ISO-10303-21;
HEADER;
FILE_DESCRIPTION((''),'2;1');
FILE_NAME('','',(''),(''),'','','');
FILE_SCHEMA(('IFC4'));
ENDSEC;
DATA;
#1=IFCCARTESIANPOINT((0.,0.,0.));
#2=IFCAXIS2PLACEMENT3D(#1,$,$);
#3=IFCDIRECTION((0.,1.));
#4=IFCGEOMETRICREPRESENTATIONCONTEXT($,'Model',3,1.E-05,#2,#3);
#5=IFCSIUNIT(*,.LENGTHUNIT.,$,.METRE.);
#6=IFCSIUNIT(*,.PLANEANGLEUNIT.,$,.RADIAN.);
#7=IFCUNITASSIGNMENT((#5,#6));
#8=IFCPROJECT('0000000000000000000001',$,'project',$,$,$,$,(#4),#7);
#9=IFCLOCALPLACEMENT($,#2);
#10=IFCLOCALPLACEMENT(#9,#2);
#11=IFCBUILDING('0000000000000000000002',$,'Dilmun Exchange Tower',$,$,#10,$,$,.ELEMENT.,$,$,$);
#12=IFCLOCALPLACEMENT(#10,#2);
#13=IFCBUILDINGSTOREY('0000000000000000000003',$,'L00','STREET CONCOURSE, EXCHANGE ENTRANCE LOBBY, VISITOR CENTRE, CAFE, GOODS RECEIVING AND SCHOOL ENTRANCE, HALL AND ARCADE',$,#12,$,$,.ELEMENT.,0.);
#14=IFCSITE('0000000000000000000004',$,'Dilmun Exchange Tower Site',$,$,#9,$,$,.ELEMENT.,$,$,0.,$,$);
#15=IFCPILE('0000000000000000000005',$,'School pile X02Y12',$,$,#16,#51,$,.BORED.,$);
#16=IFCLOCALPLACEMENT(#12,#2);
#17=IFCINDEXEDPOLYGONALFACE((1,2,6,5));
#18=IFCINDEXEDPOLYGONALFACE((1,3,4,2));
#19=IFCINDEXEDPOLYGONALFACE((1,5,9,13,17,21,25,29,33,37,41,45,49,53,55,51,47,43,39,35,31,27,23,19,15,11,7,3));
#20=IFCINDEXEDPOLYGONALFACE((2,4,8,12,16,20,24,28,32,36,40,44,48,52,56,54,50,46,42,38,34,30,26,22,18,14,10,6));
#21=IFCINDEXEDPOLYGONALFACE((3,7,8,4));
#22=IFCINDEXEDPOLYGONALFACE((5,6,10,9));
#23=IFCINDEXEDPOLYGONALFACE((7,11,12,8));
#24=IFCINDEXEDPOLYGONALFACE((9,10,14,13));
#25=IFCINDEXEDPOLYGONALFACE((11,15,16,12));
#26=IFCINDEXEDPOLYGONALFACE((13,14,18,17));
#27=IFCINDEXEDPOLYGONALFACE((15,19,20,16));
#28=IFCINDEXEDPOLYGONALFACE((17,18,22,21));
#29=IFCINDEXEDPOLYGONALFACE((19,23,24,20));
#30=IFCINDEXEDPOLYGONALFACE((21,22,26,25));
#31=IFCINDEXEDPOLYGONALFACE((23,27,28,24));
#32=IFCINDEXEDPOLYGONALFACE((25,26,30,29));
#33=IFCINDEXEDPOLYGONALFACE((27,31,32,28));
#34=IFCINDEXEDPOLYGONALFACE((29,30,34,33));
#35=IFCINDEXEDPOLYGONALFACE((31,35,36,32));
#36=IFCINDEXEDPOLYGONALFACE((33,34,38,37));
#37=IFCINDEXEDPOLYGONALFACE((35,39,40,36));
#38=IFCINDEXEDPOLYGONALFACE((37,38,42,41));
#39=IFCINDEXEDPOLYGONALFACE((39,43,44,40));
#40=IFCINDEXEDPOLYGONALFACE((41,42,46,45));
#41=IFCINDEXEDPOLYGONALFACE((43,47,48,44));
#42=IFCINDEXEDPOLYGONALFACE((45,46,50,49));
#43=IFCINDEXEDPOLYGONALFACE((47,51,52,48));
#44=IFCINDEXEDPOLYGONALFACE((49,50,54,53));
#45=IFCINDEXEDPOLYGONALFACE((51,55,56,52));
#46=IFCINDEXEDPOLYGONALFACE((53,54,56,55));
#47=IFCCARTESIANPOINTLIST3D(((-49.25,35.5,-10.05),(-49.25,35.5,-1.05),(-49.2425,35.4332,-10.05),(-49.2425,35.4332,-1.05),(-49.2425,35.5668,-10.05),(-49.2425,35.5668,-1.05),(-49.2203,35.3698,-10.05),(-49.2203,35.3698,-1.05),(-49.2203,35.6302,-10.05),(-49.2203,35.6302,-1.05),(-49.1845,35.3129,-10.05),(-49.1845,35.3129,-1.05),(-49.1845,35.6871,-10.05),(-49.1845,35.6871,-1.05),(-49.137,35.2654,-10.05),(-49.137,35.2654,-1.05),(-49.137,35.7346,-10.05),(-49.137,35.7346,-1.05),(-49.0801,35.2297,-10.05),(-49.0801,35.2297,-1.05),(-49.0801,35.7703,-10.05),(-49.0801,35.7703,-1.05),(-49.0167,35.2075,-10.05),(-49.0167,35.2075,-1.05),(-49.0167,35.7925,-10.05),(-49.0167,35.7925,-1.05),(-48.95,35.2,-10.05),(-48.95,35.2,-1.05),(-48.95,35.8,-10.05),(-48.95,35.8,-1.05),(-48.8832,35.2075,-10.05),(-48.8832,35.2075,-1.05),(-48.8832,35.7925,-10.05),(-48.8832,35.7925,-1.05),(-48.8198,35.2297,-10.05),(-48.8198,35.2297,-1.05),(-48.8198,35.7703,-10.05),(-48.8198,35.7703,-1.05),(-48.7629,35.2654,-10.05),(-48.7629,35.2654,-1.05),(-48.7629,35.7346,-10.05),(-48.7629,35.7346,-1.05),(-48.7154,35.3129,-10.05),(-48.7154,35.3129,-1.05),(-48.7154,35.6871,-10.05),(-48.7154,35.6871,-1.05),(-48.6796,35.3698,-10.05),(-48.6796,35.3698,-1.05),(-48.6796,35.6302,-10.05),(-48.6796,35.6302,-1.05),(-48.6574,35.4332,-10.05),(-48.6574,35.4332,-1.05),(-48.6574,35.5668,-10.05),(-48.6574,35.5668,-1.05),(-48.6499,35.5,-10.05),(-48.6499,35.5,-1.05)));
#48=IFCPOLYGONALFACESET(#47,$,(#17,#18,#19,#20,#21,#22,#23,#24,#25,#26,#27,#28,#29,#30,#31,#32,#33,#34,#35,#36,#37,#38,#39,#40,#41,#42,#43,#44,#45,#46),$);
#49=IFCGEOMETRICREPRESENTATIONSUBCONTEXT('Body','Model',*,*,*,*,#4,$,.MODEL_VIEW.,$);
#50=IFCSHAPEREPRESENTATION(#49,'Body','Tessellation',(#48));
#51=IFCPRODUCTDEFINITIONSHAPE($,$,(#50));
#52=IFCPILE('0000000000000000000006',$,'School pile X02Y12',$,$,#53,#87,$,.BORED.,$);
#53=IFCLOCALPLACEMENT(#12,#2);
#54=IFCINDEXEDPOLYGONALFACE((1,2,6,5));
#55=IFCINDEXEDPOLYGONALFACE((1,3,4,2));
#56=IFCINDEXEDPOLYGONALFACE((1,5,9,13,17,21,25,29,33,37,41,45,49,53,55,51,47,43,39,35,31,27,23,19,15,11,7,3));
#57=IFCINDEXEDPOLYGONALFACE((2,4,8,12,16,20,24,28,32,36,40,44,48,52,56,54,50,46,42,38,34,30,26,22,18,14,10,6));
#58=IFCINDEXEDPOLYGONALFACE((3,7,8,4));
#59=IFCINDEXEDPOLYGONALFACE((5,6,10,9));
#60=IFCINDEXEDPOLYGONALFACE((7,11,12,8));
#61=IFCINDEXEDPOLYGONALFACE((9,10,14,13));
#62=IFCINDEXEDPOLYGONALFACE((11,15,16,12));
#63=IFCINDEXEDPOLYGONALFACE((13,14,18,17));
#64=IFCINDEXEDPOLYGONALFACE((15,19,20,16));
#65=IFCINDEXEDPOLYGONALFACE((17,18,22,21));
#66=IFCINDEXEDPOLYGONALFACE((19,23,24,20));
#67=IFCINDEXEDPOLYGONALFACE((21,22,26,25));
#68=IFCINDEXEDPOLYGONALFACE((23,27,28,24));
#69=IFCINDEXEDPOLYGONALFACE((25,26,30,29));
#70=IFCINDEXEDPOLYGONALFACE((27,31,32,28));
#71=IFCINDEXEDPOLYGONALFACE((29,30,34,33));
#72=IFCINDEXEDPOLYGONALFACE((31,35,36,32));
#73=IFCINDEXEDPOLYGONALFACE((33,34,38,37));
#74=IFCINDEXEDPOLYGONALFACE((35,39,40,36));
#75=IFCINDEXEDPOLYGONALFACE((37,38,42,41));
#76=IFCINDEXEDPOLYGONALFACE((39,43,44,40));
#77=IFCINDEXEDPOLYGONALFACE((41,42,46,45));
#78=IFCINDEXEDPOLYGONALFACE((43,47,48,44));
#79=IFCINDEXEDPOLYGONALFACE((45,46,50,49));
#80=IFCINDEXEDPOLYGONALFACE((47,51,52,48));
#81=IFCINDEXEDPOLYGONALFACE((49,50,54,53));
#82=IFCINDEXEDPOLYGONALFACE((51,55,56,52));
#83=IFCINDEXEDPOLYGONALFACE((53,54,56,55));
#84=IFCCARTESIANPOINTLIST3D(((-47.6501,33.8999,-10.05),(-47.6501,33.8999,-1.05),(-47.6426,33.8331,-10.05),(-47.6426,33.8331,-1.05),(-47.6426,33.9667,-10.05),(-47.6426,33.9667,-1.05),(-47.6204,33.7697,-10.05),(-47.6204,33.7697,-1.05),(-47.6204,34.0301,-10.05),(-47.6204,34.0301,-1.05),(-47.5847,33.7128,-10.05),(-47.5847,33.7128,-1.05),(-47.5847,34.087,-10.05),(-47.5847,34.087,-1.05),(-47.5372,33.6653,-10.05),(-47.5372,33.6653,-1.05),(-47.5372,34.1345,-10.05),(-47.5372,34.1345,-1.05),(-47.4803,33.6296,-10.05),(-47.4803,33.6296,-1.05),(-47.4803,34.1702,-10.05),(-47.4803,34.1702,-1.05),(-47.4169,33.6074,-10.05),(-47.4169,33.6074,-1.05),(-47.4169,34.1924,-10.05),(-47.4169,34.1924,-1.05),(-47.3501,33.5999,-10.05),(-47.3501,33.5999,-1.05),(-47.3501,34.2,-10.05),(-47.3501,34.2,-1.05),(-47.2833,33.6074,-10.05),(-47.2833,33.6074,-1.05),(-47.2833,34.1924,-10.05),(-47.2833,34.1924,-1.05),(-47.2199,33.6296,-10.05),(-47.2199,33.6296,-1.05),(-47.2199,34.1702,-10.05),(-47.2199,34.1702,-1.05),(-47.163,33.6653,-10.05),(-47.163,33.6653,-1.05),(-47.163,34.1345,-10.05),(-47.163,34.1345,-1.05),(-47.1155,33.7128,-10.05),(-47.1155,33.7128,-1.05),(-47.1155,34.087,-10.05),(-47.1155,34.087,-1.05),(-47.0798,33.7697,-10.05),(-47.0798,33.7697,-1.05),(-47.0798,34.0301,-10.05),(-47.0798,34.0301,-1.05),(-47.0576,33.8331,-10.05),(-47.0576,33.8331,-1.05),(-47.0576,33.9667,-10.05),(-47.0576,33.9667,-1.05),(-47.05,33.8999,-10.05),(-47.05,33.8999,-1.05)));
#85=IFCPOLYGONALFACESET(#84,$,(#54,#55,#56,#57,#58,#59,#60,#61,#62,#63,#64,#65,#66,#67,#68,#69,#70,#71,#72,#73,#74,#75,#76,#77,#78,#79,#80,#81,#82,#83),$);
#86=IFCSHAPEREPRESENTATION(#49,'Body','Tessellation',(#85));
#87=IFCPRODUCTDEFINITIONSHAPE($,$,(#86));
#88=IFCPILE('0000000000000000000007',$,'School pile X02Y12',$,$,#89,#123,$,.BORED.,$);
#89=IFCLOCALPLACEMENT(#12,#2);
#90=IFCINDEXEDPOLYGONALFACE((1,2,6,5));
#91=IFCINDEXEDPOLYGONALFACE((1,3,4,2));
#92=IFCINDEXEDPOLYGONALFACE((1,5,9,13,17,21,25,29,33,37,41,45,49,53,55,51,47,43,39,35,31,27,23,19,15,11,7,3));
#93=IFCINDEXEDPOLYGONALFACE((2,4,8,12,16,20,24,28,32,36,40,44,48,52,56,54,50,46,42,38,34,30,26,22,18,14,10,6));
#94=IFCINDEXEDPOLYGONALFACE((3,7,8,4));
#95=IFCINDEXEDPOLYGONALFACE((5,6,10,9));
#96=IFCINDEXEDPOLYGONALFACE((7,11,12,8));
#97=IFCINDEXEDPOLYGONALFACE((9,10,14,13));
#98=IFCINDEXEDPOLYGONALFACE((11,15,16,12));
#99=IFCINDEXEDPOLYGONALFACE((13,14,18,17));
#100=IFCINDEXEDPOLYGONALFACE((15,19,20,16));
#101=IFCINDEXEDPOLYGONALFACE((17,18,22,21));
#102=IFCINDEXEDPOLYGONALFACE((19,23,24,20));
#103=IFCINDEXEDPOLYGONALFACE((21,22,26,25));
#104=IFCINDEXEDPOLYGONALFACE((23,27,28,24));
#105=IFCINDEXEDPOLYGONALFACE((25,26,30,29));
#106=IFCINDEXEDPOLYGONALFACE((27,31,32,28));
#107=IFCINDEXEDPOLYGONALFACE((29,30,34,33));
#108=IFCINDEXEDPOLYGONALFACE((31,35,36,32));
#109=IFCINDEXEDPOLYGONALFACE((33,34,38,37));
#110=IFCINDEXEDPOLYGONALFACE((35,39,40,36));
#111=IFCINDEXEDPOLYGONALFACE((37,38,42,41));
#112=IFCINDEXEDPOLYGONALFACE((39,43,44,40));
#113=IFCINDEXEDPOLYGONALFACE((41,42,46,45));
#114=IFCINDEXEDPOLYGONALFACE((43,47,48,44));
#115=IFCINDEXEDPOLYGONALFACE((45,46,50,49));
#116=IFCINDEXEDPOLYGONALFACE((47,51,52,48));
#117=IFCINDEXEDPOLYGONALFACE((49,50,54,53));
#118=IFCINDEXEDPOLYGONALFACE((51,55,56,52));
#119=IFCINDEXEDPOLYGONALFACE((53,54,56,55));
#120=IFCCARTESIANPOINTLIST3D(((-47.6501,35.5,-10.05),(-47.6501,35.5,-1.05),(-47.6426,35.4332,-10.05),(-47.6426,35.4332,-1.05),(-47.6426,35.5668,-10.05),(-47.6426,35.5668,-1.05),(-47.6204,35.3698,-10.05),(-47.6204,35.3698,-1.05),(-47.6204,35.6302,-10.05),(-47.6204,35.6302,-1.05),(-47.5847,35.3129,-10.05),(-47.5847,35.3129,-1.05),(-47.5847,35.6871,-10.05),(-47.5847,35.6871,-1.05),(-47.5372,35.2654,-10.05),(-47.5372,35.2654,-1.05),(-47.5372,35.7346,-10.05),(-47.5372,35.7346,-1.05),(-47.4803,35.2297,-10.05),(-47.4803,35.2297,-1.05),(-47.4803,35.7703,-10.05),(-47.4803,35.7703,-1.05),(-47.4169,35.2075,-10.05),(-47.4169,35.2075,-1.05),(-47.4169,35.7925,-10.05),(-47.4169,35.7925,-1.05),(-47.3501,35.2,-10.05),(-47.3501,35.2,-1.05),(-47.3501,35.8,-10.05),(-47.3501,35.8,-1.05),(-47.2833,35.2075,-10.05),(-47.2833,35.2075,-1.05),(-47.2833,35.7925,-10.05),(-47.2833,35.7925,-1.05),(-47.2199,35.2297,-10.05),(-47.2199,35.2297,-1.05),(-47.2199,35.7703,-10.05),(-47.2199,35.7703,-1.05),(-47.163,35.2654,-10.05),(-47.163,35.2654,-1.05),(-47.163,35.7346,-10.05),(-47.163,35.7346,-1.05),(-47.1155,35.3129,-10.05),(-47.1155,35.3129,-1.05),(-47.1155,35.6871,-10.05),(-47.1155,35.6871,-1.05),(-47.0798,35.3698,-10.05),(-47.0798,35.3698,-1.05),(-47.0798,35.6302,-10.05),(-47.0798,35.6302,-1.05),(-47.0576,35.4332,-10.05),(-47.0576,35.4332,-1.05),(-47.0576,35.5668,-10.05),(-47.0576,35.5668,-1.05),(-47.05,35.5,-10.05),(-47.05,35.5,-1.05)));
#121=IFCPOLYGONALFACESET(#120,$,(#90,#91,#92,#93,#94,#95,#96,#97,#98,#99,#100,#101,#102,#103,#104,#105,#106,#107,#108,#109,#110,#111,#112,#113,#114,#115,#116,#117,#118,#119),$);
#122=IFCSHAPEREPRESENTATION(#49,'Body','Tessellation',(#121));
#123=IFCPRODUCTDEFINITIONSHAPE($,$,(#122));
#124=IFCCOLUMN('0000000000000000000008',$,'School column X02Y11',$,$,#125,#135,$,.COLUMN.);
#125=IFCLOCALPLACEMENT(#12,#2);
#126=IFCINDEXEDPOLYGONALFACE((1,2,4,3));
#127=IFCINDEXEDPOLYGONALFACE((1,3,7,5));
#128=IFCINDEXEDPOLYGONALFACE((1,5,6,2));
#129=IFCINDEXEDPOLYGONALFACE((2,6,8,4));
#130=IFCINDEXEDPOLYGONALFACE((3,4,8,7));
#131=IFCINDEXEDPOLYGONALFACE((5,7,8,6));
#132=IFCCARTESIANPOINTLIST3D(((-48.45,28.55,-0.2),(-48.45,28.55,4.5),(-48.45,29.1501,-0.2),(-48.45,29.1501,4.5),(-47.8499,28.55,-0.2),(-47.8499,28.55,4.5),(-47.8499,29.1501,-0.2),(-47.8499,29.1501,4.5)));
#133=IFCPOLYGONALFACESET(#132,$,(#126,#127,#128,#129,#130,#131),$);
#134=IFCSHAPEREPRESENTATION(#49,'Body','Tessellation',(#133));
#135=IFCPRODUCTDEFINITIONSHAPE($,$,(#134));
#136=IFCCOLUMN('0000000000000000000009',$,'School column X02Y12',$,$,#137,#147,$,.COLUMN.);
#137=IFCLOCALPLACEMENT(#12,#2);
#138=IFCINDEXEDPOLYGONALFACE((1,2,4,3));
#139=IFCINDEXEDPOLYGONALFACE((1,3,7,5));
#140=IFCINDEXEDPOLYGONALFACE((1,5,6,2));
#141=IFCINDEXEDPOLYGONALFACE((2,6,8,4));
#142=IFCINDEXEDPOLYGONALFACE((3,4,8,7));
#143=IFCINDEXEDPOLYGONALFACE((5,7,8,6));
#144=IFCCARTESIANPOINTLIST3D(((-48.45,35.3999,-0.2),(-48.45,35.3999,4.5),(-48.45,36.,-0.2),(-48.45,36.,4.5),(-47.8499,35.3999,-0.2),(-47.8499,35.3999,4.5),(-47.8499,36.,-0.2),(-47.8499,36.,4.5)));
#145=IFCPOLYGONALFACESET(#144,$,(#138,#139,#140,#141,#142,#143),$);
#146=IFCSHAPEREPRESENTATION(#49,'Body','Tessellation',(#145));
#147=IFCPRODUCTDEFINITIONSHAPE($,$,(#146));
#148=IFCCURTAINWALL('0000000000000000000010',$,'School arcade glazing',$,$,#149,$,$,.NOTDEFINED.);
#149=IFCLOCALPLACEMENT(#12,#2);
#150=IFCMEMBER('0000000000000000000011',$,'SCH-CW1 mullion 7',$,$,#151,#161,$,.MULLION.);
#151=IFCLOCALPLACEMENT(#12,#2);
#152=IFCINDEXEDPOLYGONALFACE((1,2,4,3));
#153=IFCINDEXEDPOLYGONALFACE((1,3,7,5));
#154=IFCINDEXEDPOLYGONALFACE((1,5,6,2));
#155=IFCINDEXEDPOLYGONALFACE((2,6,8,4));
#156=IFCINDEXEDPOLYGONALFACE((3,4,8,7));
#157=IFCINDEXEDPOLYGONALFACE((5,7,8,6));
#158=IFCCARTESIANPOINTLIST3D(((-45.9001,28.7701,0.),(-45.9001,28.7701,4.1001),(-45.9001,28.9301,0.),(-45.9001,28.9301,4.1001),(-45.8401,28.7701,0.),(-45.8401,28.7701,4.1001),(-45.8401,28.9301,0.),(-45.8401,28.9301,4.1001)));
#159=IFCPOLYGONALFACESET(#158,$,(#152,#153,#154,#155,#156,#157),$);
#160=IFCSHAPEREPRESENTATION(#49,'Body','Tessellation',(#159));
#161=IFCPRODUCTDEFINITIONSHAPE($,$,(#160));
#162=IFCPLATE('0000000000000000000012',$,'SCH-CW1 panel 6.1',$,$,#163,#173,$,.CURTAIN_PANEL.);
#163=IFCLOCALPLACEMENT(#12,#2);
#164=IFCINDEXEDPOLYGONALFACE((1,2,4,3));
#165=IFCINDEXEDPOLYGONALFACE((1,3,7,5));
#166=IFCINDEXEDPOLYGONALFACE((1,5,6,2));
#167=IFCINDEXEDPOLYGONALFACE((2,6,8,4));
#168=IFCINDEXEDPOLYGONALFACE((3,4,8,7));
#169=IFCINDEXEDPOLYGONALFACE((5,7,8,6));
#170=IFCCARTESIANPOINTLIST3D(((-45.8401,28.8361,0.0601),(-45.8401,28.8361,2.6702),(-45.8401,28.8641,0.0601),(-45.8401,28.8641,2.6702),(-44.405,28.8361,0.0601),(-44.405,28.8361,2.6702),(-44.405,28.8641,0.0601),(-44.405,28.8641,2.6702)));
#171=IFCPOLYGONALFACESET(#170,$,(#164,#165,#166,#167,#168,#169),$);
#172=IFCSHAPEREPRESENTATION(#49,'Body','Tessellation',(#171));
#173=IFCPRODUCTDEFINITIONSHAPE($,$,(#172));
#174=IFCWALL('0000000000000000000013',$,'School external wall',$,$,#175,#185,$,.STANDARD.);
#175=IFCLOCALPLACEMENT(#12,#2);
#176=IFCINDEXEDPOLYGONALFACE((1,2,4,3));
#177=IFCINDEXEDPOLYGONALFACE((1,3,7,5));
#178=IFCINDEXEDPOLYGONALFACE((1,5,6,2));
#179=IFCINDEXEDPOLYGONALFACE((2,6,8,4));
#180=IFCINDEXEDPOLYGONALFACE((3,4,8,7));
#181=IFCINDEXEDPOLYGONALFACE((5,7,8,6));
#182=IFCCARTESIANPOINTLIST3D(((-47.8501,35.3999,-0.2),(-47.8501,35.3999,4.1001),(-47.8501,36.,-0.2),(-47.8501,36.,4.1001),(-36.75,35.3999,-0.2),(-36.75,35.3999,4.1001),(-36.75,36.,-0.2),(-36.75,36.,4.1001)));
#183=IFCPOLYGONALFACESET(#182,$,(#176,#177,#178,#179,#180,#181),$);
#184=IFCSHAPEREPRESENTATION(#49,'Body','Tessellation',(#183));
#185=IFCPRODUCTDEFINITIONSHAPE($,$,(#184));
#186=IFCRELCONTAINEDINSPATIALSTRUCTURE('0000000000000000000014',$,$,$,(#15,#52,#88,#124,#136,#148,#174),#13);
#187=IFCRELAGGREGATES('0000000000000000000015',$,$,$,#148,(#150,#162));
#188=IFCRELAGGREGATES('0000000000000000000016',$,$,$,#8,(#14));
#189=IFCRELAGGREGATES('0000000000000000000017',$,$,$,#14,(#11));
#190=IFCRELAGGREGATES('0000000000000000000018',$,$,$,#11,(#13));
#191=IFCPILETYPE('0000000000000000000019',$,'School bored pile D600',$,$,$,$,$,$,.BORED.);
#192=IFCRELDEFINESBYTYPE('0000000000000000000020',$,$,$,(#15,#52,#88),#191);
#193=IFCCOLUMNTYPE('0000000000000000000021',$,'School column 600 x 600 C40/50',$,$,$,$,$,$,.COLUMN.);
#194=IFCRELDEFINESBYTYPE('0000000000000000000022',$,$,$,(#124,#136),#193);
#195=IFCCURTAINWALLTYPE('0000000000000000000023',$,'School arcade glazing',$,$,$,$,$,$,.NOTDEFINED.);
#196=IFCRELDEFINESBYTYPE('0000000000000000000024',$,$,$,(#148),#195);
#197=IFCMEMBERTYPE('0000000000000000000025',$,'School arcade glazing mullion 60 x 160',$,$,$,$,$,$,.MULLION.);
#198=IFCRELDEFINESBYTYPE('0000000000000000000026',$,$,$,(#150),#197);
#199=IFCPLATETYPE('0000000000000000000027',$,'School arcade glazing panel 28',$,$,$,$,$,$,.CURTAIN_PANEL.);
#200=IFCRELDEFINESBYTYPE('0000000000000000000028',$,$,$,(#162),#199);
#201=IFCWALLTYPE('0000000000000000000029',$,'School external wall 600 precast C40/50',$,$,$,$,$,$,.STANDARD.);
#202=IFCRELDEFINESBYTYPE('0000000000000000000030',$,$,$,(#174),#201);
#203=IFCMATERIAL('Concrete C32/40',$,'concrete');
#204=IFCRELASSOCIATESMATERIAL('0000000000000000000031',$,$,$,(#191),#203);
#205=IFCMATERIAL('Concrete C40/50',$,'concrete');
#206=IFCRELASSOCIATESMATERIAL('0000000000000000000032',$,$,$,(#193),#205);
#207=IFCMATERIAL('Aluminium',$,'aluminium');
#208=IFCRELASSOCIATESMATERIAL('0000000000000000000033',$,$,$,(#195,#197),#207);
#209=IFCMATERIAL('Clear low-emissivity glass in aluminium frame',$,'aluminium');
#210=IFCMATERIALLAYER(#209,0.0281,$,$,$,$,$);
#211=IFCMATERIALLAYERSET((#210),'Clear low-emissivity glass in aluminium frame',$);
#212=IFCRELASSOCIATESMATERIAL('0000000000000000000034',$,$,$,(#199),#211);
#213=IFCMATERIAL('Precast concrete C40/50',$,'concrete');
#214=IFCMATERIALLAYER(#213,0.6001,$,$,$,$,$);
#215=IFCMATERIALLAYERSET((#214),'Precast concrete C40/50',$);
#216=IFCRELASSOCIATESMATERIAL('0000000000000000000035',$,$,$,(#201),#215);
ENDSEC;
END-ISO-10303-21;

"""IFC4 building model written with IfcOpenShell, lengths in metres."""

from ifc_helpers import new_model, si_unit, direction, frame, frame_2d, origin, origin_2d, place, context, subcontext, project, spatial, rectangle, circle, extrude, material, layer, layer_set, material_profile, profile_set, type_object, element, aggregate, save


model = new_model("IFC4")

# Units and contexts
model_context = context("Model", 3, precision=1e-05, world=origin(), true_north=direction((0.0, 1.0)))
body_context = subcontext(model_context, "Body", "Model", "MODEL_VIEW")
ifc_project = project(units=[si_unit("LENGTHUNIT", "METRE"), si_unit("PLANEANGLEUNIT", "RADIAN")], contexts=[model_context])

# Site, building, storey
site_placement = place(None, origin())
site = spatial("IfcSite", under=ifc_project, at=site_placement, Name="Dilmun Exchange Tower Site", CompositionType="ELEMENT", RefElevation=0.0)
building_placement = place(site_placement, origin())
building = spatial("IfcBuilding", under=site, at=building_placement, Name="Dilmun Exchange Tower", CompositionType="ELEMENT")
storey_placement = place(building_placement, origin())
storey = spatial("IfcBuildingStorey", under=building, at=storey_placement, Name="L00", Description="STREET CONCOURSE, EXCHANGE ENTRANCE LOBBY, VISITOR CENTRE, CAFE, GOODS RECEIVING AND SCHOOL ENTRANCE, HALL AND ARCADE", CompositionType="ELEMENT", Elevation=0.0)

# Piles
ifc_material_1 = material(Name="Concrete C32/40", Category="concrete")
ifc_material_profile_1 = material_profile(ifc_material_1, circle(Radius=0.3, at=origin_2d()), Name="D600")
ifc_profile_set_1 = profile_set([ifc_material_profile_1], Name="Concrete C32/40")
pile_type = type_object("IfcPileType", Name="School bored pile D600", PredefinedType="BORED", material=ifc_profile_set_1)
for number, where, z_axis, x_axis, name in (
    (1, (-48.95, 35.5, -1.05), (0.0, 0.0, -1.0), (1.0, 0.0, 0.0), "School pile X02Y12"),
    (2, (-47.3501, 33.8999, -1.05), (0.0, 0.0, -1.0), (1.0, 0.0, 0.0), "School pile X02Y12"),
    (3, (-47.3501, 35.5, -1.05), (0.0, 0.0, -1.0), (1.0, 0.0, 0.0), "School pile X02Y12"),
):
    element("IfcPile", number, at=place(storey_placement, frame(where, z_axis=z_axis, x_axis=x_axis)), inside=storey, type_object=pile_type, Name=name, PredefinedType="BORED", context=body_context, shape_type="SweptSolid", body=[
        extrude(circle(Radius=0.3, at=origin_2d()), origin(), (0.0, 0.0, 1.0), 9.0),
    ])

# Columns
ifc_material_2 = material(Name="Concrete C40/50", Category="concrete")
ifc_material_profile_2 = material_profile(ifc_material_2, rectangle(XDim=0.6001, YDim=0.6001, at=origin_2d()), Name="600 x 600")
ifc_profile_set_2 = profile_set([ifc_material_profile_2], Name="Concrete C40/50")
column_type = type_object("IfcColumnType", Name="School column 600 x 600 C40/50", PredefinedType="COLUMN", material=ifc_profile_set_2)
for number, where, z_axis, x_axis, name in (
    (4, (-48.1499, 28.8501, -0.2), (0.0, 0.0, 1.0), (1.0, 0.0, 0.0), "School column X02Y11"),
    (5, (-48.1499, 35.7, -0.2), (0.0, 0.0, 1.0), (1.0, 0.0, 0.0), "School column X02Y12"),
):
    element("IfcColumn", number, at=place(storey_placement, frame(where, z_axis=z_axis, x_axis=x_axis)), inside=storey, type_object=column_type, Name=name, PredefinedType="COLUMN", context=body_context, shape_type="SweptSolid", body=[
        extrude(rectangle(XDim=0.6001, YDim=0.6001, at=origin_2d()), origin(), (0.0, 0.0, 1.0), 4.7),
    ])

# Curtain wall, member, plate
ifc_material_3 = material(Name="Aluminium", Category="aluminium")
curtain_wall_type = type_object("IfcCurtainWallType", Name="School arcade glazing", PredefinedType="NOTDEFINED", material=ifc_material_3)
curtain_wall_placement = place(storey_placement, origin())
curtain_wall = element("IfcCurtainWall", 6, at=curtain_wall_placement, inside=storey, type_object=curtain_wall_type, Name="School arcade glazing", PredefinedType="NOTDEFINED")
ifc_material_profile_3 = material_profile(ifc_material_3, rectangle(XDim=0.1599, YDim=0.0601, at=origin_2d()), Name="60 x 160")
ifc_profile_set_3 = profile_set([ifc_material_profile_3], Name="Aluminium")
member_type = type_object("IfcMemberType", Name="School arcade glazing mullion 60 x 160", PredefinedType="MULLION", material=ifc_profile_set_3)
member_placement = place(storey_placement, frame((-45.8701, 28.8501, 0.0), z_axis=(0.0, 0.0, 1.0), x_axis=(0.0, -1.0, 0.0)))
member = element("IfcMember", 7, at=member_placement, type_object=member_type, Name="SCH-CW1 mullion 7", PredefinedType="MULLION", context=body_context, shape_type="SweptSolid", body=[
    extrude(rectangle(XDim=0.1599, YDim=0.0601, at=origin_2d()), origin(), (0.0, 0.0, 1.0), 4.1001),
])
ifc_material_4 = material(Name="Clear low-emissivity glass in aluminium frame", Category="aluminium")
ifc_layer_1 = layer(ifc_material_4, 0.0281)
ifc_layer_set_1 = layer_set([ifc_layer_1], Name="Clear low-emissivity glass in aluminium frame")
plate_type = type_object("IfcPlateType", Name="School arcade glazing panel 28", PredefinedType="CURTAIN_PANEL", material=ifc_layer_set_1)
plate_placement = place(storey_placement, frame((-45.1226, 28.8501, 0.0601), z_axis=(0.0, 0.0, 1.0), x_axis=(-1.0, 0.0, 0.0)))
plate = element("IfcPlate", 8, at=plate_placement, type_object=plate_type, Name="SCH-CW1 panel 6.1", PredefinedType="CURTAIN_PANEL", context=body_context, shape_type="SweptSolid", body=[
    extrude(rectangle(XDim=1.4351, YDim=0.0281, at=origin_2d()), origin(), (0.0, 0.0, 1.0), 2.6101),
])
aggregate(curtain_wall, [member, plate])

# Wall
ifc_material_5 = material(Name="Precast concrete C40/50", Category="concrete")
ifc_layer_2 = layer(ifc_material_5, 0.6001)
ifc_layer_set_2 = layer_set([ifc_layer_2], Name="Precast concrete C40/50")
wall_type_1 = type_object("IfcWallType", Name="School external wall 600 precast C40/50", PredefinedType="STANDARD", material=ifc_layer_set_2)
wall_1_placement = place(storey_placement, frame((-47.8501, 35.7, -0.2), z_axis=(0.0, 0.0, 1.0), x_axis=(1.0, 0.0, 0.0)))
element("IfcWall", 9, at=wall_1_placement, inside=storey, type_object=wall_type_1, Name="School external wall", PredefinedType="STANDARD", context=body_context, shape_type="SweptSolid", body=[
    extrude(rectangle(XDim=11.1001, YDim=0.6001, at=frame_2d((5.55, 0.0))), origin(), (0.0, 0.0, 1.0), 4.3),
])

save(model, "model.ifc")
